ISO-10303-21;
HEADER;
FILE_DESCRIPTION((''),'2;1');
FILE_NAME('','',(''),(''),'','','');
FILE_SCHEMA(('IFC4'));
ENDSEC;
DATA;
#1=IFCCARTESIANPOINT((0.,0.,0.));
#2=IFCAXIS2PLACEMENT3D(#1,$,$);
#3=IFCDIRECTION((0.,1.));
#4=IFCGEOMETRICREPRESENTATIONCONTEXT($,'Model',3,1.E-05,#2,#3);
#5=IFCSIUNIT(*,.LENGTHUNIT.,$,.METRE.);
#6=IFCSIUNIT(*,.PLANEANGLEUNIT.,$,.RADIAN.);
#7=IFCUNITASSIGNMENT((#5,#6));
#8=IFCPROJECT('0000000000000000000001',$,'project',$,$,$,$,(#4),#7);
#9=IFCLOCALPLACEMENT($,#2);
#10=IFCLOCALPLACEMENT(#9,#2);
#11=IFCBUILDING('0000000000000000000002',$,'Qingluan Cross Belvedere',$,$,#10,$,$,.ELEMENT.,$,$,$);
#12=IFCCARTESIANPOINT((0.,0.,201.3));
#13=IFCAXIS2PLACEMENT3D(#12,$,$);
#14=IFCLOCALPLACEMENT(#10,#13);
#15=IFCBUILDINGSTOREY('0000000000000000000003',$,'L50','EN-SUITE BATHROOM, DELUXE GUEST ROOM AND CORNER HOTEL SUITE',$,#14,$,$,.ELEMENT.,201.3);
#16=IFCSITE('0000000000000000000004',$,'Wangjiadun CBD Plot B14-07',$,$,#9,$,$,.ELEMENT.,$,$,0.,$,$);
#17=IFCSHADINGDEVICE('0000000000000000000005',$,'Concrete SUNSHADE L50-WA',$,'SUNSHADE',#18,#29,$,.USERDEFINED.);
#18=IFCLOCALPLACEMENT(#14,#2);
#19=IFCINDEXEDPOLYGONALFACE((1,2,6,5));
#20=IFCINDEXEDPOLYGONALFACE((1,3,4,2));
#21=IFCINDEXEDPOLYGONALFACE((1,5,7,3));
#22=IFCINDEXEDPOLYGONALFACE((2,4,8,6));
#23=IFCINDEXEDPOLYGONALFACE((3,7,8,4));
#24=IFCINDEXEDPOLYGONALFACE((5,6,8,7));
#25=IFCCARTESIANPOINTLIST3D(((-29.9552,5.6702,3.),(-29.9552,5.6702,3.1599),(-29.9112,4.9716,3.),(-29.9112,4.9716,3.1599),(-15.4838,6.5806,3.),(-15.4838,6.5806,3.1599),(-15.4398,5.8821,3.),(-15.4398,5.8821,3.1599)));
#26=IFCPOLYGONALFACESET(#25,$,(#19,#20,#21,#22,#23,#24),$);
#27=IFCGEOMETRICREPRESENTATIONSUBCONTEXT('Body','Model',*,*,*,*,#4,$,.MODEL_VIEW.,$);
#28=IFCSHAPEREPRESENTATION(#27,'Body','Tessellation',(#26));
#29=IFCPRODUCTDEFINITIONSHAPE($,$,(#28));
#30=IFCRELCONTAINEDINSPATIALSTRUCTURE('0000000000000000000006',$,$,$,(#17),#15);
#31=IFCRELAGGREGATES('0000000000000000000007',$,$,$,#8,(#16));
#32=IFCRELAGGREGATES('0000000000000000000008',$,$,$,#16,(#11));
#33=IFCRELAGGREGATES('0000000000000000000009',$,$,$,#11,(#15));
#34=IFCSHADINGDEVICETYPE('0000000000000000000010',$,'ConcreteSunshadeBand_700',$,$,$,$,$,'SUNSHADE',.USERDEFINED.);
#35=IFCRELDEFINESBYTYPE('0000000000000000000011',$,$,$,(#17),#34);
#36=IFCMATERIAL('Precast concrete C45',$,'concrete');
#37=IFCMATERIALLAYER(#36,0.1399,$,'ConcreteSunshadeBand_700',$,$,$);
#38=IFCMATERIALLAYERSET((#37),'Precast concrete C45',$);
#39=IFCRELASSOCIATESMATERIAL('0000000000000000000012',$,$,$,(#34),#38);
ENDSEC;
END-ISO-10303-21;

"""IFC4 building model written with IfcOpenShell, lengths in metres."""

from ifc_helpers import new_model, si_unit, direction, frame, origin, origin_2d, place, context, subcontext, project, spatial, rectangle, extrude, material, layer, layer_set, type_object, element, save


model = new_model("IFC4")

# Units and contexts
model_context = context("Model", 3, precision=1e-05, world=origin(), true_north=direction((0.0, 1.0)))
body_context = subcontext(model_context, "Body", "Model", "MODEL_VIEW")
ifc_project = project(units=[si_unit("LENGTHUNIT", "METRE"), si_unit("PLANEANGLEUNIT", "RADIAN")], contexts=[model_context])

# Site, building, storey
site_placement = place(None, origin())
site = spatial("IfcSite", under=ifc_project, at=site_placement, Name="Wangjiadun CBD Plot B14-07", CompositionType="ELEMENT", RefElevation=0.0)
building_placement = place(site_placement, origin())
building = spatial("IfcBuilding", under=site, at=building_placement, Name="Qingluan Cross Belvedere", CompositionType="ELEMENT")
storey_placement = place(building_placement, frame((0.0, 0.0, 201.3)))
storey = spatial("IfcBuildingStorey", under=building, at=storey_placement, Name="L50", Description="EN-SUITE BATHROOM, DELUXE GUEST ROOM AND CORNER HOTEL SUITE", CompositionType="ELEMENT", Elevation=201.3)

# Shading device
ifc_material_1 = material(Name="Precast concrete C45", Category="concrete")
ifc_layer_1 = layer(ifc_material_1, 0.1399, Name="ConcreteSunshadeBand_700")
ifc_layer_set_1 = layer_set([ifc_layer_1], Name="Precast concrete C45")
shading_device_type = type_object("IfcShadingDeviceType", Name="ConcreteSunshadeBand_700", ElementType="SUNSHADE", PredefinedType="USERDEFINED", material=ifc_layer_set_1)
shading_device_placement = place(storey_placement, frame((-22.6975, 5.7761, 3.0), z_axis=(0.0, 0.0, 1.0), x_axis=(-0.998027, -0.062789, 0.0)))
element("IfcShadingDevice", 1, at=shading_device_placement, inside=storey, type_object=shading_device_type, Name="Concrete SUNSHADE L50-WA", ObjectType="SUNSHADE", PredefinedType="USERDEFINED", context=body_context, shape_type="SweptSolid", body=[
    extrude(rectangle(XDim=14.5, YDim=0.7, at=origin_2d()), origin(), (0.0, 0.0, 1.0), 0.1599),
])

save(model, "model.ifc")
